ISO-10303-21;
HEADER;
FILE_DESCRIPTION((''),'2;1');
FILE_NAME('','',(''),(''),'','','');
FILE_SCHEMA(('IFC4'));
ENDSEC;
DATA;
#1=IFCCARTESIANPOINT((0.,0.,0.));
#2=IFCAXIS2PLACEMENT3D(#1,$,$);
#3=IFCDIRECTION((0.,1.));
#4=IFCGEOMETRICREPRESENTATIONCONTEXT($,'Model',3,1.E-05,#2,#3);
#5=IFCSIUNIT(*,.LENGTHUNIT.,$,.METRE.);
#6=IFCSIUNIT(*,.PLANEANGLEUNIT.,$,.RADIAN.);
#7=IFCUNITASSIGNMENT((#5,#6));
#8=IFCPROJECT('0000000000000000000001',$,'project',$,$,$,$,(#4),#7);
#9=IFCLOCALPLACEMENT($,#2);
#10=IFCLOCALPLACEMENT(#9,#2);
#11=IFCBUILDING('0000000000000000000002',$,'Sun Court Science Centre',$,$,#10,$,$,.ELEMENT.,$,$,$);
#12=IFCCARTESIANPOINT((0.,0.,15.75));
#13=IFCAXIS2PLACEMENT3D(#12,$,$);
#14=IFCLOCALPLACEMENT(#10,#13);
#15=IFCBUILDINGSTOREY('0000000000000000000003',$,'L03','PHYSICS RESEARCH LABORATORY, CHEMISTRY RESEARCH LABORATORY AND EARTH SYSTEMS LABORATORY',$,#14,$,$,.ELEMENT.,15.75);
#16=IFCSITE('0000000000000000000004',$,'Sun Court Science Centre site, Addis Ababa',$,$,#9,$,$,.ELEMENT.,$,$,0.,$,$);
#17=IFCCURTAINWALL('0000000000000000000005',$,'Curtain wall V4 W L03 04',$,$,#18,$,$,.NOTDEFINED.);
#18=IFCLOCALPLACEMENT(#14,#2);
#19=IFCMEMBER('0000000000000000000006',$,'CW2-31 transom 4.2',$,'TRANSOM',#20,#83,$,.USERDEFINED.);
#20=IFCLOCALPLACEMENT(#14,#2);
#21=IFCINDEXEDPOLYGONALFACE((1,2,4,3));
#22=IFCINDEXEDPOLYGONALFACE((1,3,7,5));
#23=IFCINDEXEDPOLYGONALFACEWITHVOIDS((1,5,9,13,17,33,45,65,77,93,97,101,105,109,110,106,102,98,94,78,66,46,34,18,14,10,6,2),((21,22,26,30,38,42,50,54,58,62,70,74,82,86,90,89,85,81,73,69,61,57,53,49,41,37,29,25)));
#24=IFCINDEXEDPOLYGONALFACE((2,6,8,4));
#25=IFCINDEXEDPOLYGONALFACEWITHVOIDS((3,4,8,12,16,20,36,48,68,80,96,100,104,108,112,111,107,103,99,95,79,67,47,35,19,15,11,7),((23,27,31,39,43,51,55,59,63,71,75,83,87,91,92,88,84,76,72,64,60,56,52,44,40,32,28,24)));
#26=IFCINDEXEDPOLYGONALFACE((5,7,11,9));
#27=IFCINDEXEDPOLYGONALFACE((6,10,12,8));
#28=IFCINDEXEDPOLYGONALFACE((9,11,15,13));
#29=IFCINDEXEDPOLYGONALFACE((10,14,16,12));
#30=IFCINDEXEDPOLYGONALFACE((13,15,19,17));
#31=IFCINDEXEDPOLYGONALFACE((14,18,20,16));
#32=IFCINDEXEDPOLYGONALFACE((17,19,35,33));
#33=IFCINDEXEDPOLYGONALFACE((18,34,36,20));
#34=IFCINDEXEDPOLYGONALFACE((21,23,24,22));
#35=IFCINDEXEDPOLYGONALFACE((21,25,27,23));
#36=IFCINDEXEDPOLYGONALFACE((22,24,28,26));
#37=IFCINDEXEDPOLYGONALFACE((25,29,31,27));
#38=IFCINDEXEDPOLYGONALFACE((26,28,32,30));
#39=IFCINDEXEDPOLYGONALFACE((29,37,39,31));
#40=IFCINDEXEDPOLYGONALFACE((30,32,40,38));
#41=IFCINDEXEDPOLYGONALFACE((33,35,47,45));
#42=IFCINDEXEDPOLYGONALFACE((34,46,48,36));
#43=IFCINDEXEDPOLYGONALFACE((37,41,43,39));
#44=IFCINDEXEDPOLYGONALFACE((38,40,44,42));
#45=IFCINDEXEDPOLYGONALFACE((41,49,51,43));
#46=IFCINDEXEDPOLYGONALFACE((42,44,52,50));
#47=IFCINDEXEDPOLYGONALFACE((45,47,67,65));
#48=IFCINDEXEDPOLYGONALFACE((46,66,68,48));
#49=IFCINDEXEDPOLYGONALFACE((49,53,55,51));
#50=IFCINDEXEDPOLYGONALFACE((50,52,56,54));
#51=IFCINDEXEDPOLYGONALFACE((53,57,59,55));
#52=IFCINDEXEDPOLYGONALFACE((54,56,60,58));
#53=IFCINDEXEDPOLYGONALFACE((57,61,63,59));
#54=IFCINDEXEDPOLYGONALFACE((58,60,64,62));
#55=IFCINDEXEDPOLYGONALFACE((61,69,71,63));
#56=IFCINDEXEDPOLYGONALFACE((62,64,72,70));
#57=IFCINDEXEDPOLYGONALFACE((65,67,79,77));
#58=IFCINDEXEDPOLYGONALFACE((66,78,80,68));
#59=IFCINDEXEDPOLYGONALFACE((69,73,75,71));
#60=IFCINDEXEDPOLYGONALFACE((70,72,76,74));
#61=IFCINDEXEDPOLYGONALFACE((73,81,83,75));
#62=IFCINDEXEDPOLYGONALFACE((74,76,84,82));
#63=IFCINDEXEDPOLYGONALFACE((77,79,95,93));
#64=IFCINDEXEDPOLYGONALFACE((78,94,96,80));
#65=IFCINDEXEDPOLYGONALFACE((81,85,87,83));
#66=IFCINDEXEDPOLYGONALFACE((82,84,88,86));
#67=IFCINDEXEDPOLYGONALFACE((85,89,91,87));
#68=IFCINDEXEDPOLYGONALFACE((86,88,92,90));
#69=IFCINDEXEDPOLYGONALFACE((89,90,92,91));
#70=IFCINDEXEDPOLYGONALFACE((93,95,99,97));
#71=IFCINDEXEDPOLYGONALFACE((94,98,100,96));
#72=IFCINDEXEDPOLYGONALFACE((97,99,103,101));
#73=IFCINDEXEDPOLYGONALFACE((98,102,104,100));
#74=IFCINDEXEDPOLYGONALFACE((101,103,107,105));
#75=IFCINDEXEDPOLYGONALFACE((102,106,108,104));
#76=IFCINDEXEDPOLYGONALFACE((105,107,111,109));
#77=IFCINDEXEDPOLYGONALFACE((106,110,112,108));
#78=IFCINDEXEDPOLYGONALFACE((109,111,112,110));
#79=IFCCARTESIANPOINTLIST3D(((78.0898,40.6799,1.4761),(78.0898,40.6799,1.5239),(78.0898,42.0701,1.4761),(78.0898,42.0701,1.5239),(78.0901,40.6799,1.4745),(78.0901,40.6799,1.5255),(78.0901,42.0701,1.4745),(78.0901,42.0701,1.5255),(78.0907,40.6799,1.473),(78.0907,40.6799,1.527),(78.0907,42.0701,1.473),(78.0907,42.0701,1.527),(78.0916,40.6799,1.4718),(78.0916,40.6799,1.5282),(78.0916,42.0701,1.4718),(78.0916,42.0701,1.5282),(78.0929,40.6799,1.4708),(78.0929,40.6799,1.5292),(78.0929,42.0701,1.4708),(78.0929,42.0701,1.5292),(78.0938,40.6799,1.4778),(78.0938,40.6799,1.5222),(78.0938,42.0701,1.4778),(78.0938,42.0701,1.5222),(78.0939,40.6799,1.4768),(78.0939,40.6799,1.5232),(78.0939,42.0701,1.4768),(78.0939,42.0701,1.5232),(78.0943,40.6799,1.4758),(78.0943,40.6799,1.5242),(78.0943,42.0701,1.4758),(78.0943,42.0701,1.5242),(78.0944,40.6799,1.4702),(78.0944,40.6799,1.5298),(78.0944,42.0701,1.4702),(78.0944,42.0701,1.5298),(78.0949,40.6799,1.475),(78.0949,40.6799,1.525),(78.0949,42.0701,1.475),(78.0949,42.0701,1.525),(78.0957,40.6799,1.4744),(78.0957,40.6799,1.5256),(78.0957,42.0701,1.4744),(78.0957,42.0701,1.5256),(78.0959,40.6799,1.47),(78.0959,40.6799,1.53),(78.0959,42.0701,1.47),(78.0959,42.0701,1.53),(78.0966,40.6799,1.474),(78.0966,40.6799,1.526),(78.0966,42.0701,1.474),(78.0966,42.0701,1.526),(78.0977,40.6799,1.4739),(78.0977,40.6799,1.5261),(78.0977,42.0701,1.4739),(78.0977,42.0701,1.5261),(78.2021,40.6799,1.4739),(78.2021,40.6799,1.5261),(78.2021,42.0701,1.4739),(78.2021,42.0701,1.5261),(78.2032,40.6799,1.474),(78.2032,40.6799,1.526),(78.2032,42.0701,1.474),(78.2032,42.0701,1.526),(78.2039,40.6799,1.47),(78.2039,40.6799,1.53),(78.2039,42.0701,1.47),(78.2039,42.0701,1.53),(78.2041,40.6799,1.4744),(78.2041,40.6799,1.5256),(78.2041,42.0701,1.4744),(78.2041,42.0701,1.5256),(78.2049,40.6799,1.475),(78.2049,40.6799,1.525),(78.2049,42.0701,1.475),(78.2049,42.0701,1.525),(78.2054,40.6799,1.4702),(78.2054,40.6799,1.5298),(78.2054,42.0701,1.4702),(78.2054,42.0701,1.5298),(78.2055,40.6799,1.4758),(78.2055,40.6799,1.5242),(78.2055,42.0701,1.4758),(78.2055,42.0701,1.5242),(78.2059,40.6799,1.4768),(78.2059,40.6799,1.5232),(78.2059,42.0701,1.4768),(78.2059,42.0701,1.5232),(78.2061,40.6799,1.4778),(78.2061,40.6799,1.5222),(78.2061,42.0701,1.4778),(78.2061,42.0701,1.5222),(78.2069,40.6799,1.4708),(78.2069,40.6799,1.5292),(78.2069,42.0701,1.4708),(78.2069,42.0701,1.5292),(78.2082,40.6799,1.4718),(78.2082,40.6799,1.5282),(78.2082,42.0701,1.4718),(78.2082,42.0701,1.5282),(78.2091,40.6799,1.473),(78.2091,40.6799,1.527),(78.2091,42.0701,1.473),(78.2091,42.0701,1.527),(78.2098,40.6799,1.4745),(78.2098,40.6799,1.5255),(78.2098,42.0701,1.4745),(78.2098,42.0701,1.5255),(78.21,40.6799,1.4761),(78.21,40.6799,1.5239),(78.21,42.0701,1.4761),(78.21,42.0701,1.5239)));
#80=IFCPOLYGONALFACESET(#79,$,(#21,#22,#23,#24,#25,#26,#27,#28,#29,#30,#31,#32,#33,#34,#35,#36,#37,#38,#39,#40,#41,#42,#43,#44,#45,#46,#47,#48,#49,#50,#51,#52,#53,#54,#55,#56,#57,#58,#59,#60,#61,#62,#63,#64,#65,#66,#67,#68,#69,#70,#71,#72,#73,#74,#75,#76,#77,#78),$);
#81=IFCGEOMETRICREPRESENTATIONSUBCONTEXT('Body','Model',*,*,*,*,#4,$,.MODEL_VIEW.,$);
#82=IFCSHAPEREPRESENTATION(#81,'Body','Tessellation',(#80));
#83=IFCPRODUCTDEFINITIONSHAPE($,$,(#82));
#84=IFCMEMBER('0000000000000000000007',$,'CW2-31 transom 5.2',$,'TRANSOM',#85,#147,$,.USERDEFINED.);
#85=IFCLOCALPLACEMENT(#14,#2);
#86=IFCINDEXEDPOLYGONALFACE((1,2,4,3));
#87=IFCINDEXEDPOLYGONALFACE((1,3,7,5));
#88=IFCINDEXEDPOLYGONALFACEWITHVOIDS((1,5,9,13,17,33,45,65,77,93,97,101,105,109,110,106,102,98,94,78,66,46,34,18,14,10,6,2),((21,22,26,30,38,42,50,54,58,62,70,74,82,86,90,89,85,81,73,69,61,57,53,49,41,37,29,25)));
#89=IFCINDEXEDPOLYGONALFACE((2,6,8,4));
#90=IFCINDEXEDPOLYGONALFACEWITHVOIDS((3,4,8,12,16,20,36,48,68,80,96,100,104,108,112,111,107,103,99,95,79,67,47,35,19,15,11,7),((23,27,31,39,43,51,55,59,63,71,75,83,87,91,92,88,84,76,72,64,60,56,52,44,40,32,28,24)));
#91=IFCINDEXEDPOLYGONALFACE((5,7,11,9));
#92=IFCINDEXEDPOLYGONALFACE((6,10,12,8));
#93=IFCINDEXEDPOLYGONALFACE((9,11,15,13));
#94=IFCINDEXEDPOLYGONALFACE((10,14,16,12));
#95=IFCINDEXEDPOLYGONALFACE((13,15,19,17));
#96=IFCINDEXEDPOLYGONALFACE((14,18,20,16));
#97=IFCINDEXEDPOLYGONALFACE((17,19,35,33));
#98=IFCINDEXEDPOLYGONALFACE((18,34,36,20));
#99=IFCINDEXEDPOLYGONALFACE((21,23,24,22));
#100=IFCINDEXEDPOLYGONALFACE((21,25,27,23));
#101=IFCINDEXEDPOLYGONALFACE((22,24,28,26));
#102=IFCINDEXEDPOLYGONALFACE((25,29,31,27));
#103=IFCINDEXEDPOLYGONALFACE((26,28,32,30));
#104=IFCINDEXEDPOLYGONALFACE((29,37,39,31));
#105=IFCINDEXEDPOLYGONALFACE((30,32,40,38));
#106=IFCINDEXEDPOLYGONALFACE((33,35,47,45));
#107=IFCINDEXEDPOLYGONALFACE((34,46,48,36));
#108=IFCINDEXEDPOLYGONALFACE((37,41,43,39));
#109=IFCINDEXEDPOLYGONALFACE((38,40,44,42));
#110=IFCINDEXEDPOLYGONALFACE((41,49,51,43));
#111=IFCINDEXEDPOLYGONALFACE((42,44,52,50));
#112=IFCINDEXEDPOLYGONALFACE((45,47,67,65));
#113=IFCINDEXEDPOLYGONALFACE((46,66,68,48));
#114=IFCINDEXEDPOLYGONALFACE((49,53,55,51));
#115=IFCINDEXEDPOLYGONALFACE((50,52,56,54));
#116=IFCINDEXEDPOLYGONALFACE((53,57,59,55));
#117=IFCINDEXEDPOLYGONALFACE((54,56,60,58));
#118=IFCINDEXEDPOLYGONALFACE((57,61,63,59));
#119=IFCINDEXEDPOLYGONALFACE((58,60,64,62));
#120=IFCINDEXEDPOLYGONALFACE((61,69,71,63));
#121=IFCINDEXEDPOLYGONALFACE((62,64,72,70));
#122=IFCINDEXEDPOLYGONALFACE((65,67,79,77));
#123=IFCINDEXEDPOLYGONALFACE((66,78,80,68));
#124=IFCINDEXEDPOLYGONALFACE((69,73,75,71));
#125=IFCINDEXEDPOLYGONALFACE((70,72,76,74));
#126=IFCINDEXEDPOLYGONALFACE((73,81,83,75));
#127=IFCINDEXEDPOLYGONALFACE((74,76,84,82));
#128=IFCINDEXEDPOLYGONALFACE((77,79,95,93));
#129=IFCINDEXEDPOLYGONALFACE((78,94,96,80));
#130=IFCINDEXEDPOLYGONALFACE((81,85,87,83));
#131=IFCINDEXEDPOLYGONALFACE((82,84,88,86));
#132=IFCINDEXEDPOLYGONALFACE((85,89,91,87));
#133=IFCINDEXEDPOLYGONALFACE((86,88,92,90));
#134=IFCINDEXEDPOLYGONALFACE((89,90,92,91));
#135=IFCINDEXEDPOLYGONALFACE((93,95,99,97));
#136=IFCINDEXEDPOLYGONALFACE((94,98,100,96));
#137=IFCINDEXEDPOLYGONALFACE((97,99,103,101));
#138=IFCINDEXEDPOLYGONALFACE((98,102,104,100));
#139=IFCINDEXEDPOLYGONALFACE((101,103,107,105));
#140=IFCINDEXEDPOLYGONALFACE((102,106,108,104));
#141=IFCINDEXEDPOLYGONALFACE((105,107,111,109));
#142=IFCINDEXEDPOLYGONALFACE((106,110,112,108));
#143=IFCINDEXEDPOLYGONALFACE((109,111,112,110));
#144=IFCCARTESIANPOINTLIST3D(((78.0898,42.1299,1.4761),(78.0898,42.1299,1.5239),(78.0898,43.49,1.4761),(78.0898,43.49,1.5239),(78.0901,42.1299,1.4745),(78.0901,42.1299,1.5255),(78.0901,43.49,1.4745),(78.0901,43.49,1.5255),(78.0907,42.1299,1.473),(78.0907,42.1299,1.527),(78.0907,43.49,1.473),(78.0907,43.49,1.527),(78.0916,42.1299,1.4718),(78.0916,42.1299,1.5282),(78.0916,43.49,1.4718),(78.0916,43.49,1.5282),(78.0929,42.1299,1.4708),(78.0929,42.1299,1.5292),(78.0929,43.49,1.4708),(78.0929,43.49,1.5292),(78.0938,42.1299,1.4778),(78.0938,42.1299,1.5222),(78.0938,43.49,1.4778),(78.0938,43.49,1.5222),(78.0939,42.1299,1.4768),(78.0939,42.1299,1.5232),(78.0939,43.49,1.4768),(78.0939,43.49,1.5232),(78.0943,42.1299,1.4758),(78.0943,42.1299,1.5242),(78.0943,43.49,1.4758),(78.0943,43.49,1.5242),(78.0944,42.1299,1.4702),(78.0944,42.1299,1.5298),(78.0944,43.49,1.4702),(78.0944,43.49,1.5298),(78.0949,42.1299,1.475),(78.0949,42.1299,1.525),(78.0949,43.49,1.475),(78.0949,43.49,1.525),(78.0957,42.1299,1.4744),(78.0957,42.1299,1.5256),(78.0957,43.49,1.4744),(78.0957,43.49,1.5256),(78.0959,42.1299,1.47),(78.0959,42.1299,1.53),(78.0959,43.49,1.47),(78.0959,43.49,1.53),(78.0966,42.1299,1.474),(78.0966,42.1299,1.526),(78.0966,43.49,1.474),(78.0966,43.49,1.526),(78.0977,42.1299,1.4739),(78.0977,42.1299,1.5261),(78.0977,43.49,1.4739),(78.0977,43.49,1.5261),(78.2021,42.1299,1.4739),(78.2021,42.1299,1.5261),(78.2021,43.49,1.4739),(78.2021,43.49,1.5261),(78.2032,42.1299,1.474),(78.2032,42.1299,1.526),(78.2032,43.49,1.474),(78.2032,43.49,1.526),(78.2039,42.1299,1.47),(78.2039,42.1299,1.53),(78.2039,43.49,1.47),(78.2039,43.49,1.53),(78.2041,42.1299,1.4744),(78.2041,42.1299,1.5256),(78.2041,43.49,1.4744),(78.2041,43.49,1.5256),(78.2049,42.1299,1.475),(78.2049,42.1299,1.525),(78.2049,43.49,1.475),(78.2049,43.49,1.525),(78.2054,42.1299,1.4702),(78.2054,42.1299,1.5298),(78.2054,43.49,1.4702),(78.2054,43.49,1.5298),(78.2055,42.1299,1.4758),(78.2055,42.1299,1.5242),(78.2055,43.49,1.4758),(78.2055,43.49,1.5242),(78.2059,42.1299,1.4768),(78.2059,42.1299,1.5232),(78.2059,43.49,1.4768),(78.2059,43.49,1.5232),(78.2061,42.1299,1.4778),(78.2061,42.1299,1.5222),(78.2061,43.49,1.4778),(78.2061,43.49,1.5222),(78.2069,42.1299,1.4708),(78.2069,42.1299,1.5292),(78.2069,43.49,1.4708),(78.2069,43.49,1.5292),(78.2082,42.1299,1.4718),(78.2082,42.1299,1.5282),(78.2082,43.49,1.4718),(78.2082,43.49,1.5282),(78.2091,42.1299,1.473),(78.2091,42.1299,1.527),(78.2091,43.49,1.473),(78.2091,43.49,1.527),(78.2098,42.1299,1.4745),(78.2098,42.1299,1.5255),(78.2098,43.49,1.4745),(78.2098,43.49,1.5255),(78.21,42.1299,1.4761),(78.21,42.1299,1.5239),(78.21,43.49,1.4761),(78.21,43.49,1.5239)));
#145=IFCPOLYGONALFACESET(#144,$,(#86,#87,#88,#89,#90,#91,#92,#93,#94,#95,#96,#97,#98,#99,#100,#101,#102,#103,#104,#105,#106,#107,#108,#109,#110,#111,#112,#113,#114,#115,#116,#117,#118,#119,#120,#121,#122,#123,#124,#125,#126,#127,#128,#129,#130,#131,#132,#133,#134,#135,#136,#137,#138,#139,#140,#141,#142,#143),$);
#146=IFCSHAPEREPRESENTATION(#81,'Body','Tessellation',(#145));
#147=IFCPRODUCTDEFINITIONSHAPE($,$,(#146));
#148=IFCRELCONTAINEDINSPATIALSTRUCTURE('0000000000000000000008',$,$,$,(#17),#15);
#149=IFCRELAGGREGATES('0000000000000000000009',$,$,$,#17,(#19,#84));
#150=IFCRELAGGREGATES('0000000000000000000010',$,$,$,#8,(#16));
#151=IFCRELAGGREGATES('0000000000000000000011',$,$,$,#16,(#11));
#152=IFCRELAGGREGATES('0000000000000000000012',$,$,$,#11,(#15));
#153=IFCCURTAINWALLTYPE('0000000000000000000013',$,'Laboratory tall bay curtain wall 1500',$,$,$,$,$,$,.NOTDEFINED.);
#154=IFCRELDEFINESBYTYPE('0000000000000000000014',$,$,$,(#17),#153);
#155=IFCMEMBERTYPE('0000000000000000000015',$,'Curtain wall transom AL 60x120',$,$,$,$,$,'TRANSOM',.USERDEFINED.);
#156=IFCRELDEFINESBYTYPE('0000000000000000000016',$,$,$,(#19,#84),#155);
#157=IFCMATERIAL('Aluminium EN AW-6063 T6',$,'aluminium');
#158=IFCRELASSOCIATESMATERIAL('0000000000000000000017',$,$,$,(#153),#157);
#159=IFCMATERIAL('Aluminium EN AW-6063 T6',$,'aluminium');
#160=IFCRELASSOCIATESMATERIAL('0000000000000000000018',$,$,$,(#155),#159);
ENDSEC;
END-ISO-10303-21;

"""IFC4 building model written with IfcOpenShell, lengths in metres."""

from ifc_helpers import new_model, si_unit, direction, frame, origin, origin_2d, place, context, subcontext, project, spatial, hollow_rectangle, extrude, material, material_profile, profile_set, type_object, element, aggregate, save


model = new_model("IFC4")

# Units and contexts
model_context = context("Model", 3, precision=1e-05, world=origin(), true_north=direction((0.0, 1.0)))
body_context = subcontext(model_context, "Body", "Model", "MODEL_VIEW")
ifc_project = project(units=[si_unit("LENGTHUNIT", "METRE"), si_unit("PLANEANGLEUNIT", "RADIAN")], contexts=[model_context])

# Site, building, storey
site_placement = place(None, origin())
site = spatial("IfcSite", under=ifc_project, at=site_placement, Name="Sun Court Science Centre site, Addis Ababa", CompositionType="ELEMENT", RefElevation=0.0)
building_placement = place(site_placement, origin())
building = spatial("IfcBuilding", under=site, at=building_placement, Name="Sun Court Science Centre", CompositionType="ELEMENT")
storey_placement = place(building_placement, frame((0.0, 0.0, 15.75)))
storey = spatial("IfcBuildingStorey", under=building, at=storey_placement, Name="L03", Description="PHYSICS RESEARCH LABORATORY, CHEMISTRY RESEARCH LABORATORY AND EARTH SYSTEMS LABORATORY", CompositionType="ELEMENT", Elevation=15.75)

# Curtain wall
ifc_material_1 = material(Name="Aluminium EN AW-6063 T6", Category="aluminium")
curtain_wall_type = type_object("IfcCurtainWallType", Name="Laboratory tall bay curtain wall 1500", PredefinedType="NOTDEFINED", material=ifc_material_1)
curtain_wall_1_placement = place(storey_placement, origin())
curtain_wall_1 = element("IfcCurtainWall", 1, at=curtain_wall_1_placement, inside=storey, type_object=curtain_wall_type, Name="Curtain wall V4 W L03 04", PredefinedType="NOTDEFINED")

# Members
ifc_material_2 = material(Name="Aluminium EN AW-6063 T6", Category="aluminium")
ifc_material_profile_1 = material_profile(ifc_material_2, hollow_rectangle(XDim=0.0601, YDim=0.1201, WallThickness=0.0039, InnerFilletRadius=0.0039, OuterFilletRadius=0.0061, at=origin_2d()), Name="AL 60x120x4")
ifc_profile_set_1 = profile_set([ifc_material_profile_1], Name="Aluminium EN AW-6063 T6")
member_type_1 = type_object("IfcMemberType", Name="Curtain wall transom AL 60x120", ElementType="TRANSOM", PredefinedType="USERDEFINED", material=ifc_profile_set_1)
member_1_placement = place(storey_placement, frame((78.1499, 40.6799, 1.5), z_axis=(0.0, 1.0, 0.0), x_axis=(0.0, 0.0, 1.0)))
member_1 = element("IfcMember", 2, at=member_1_placement, type_object=member_type_1, Name="CW2-31 transom 4.2", ObjectType="TRANSOM", PredefinedType="USERDEFINED", context=body_context, shape_type="SweptSolid", body=[
    extrude(hollow_rectangle(XDim=0.0601, YDim=0.1201, WallThickness=0.0039, InnerFilletRadius=0.0039, OuterFilletRadius=0.0061, at=origin_2d()), origin(), (0.0, 0.0, 1.0), 1.3901),
])
member_2_placement = place(storey_placement, frame((78.1499, 42.1299, 1.5), z_axis=(0.0, 1.0, 0.0), x_axis=(0.0, 0.0, 1.0)))
member_2 = element("IfcMember", 3, at=member_2_placement, type_object=member_type_1, Name="CW2-31 transom 5.2", ObjectType="TRANSOM", PredefinedType="USERDEFINED", context=body_context, shape_type="SweptSolid", body=[
    extrude(hollow_rectangle(XDim=0.0601, YDim=0.1201, WallThickness=0.0039, InnerFilletRadius=0.0039, OuterFilletRadius=0.0061, at=origin_2d()), origin(), (0.0, 0.0, 1.0), 1.3601),
])

aggregate(curtain_wall_1, [member_1, member_2])

save(model, "model.ifc")
